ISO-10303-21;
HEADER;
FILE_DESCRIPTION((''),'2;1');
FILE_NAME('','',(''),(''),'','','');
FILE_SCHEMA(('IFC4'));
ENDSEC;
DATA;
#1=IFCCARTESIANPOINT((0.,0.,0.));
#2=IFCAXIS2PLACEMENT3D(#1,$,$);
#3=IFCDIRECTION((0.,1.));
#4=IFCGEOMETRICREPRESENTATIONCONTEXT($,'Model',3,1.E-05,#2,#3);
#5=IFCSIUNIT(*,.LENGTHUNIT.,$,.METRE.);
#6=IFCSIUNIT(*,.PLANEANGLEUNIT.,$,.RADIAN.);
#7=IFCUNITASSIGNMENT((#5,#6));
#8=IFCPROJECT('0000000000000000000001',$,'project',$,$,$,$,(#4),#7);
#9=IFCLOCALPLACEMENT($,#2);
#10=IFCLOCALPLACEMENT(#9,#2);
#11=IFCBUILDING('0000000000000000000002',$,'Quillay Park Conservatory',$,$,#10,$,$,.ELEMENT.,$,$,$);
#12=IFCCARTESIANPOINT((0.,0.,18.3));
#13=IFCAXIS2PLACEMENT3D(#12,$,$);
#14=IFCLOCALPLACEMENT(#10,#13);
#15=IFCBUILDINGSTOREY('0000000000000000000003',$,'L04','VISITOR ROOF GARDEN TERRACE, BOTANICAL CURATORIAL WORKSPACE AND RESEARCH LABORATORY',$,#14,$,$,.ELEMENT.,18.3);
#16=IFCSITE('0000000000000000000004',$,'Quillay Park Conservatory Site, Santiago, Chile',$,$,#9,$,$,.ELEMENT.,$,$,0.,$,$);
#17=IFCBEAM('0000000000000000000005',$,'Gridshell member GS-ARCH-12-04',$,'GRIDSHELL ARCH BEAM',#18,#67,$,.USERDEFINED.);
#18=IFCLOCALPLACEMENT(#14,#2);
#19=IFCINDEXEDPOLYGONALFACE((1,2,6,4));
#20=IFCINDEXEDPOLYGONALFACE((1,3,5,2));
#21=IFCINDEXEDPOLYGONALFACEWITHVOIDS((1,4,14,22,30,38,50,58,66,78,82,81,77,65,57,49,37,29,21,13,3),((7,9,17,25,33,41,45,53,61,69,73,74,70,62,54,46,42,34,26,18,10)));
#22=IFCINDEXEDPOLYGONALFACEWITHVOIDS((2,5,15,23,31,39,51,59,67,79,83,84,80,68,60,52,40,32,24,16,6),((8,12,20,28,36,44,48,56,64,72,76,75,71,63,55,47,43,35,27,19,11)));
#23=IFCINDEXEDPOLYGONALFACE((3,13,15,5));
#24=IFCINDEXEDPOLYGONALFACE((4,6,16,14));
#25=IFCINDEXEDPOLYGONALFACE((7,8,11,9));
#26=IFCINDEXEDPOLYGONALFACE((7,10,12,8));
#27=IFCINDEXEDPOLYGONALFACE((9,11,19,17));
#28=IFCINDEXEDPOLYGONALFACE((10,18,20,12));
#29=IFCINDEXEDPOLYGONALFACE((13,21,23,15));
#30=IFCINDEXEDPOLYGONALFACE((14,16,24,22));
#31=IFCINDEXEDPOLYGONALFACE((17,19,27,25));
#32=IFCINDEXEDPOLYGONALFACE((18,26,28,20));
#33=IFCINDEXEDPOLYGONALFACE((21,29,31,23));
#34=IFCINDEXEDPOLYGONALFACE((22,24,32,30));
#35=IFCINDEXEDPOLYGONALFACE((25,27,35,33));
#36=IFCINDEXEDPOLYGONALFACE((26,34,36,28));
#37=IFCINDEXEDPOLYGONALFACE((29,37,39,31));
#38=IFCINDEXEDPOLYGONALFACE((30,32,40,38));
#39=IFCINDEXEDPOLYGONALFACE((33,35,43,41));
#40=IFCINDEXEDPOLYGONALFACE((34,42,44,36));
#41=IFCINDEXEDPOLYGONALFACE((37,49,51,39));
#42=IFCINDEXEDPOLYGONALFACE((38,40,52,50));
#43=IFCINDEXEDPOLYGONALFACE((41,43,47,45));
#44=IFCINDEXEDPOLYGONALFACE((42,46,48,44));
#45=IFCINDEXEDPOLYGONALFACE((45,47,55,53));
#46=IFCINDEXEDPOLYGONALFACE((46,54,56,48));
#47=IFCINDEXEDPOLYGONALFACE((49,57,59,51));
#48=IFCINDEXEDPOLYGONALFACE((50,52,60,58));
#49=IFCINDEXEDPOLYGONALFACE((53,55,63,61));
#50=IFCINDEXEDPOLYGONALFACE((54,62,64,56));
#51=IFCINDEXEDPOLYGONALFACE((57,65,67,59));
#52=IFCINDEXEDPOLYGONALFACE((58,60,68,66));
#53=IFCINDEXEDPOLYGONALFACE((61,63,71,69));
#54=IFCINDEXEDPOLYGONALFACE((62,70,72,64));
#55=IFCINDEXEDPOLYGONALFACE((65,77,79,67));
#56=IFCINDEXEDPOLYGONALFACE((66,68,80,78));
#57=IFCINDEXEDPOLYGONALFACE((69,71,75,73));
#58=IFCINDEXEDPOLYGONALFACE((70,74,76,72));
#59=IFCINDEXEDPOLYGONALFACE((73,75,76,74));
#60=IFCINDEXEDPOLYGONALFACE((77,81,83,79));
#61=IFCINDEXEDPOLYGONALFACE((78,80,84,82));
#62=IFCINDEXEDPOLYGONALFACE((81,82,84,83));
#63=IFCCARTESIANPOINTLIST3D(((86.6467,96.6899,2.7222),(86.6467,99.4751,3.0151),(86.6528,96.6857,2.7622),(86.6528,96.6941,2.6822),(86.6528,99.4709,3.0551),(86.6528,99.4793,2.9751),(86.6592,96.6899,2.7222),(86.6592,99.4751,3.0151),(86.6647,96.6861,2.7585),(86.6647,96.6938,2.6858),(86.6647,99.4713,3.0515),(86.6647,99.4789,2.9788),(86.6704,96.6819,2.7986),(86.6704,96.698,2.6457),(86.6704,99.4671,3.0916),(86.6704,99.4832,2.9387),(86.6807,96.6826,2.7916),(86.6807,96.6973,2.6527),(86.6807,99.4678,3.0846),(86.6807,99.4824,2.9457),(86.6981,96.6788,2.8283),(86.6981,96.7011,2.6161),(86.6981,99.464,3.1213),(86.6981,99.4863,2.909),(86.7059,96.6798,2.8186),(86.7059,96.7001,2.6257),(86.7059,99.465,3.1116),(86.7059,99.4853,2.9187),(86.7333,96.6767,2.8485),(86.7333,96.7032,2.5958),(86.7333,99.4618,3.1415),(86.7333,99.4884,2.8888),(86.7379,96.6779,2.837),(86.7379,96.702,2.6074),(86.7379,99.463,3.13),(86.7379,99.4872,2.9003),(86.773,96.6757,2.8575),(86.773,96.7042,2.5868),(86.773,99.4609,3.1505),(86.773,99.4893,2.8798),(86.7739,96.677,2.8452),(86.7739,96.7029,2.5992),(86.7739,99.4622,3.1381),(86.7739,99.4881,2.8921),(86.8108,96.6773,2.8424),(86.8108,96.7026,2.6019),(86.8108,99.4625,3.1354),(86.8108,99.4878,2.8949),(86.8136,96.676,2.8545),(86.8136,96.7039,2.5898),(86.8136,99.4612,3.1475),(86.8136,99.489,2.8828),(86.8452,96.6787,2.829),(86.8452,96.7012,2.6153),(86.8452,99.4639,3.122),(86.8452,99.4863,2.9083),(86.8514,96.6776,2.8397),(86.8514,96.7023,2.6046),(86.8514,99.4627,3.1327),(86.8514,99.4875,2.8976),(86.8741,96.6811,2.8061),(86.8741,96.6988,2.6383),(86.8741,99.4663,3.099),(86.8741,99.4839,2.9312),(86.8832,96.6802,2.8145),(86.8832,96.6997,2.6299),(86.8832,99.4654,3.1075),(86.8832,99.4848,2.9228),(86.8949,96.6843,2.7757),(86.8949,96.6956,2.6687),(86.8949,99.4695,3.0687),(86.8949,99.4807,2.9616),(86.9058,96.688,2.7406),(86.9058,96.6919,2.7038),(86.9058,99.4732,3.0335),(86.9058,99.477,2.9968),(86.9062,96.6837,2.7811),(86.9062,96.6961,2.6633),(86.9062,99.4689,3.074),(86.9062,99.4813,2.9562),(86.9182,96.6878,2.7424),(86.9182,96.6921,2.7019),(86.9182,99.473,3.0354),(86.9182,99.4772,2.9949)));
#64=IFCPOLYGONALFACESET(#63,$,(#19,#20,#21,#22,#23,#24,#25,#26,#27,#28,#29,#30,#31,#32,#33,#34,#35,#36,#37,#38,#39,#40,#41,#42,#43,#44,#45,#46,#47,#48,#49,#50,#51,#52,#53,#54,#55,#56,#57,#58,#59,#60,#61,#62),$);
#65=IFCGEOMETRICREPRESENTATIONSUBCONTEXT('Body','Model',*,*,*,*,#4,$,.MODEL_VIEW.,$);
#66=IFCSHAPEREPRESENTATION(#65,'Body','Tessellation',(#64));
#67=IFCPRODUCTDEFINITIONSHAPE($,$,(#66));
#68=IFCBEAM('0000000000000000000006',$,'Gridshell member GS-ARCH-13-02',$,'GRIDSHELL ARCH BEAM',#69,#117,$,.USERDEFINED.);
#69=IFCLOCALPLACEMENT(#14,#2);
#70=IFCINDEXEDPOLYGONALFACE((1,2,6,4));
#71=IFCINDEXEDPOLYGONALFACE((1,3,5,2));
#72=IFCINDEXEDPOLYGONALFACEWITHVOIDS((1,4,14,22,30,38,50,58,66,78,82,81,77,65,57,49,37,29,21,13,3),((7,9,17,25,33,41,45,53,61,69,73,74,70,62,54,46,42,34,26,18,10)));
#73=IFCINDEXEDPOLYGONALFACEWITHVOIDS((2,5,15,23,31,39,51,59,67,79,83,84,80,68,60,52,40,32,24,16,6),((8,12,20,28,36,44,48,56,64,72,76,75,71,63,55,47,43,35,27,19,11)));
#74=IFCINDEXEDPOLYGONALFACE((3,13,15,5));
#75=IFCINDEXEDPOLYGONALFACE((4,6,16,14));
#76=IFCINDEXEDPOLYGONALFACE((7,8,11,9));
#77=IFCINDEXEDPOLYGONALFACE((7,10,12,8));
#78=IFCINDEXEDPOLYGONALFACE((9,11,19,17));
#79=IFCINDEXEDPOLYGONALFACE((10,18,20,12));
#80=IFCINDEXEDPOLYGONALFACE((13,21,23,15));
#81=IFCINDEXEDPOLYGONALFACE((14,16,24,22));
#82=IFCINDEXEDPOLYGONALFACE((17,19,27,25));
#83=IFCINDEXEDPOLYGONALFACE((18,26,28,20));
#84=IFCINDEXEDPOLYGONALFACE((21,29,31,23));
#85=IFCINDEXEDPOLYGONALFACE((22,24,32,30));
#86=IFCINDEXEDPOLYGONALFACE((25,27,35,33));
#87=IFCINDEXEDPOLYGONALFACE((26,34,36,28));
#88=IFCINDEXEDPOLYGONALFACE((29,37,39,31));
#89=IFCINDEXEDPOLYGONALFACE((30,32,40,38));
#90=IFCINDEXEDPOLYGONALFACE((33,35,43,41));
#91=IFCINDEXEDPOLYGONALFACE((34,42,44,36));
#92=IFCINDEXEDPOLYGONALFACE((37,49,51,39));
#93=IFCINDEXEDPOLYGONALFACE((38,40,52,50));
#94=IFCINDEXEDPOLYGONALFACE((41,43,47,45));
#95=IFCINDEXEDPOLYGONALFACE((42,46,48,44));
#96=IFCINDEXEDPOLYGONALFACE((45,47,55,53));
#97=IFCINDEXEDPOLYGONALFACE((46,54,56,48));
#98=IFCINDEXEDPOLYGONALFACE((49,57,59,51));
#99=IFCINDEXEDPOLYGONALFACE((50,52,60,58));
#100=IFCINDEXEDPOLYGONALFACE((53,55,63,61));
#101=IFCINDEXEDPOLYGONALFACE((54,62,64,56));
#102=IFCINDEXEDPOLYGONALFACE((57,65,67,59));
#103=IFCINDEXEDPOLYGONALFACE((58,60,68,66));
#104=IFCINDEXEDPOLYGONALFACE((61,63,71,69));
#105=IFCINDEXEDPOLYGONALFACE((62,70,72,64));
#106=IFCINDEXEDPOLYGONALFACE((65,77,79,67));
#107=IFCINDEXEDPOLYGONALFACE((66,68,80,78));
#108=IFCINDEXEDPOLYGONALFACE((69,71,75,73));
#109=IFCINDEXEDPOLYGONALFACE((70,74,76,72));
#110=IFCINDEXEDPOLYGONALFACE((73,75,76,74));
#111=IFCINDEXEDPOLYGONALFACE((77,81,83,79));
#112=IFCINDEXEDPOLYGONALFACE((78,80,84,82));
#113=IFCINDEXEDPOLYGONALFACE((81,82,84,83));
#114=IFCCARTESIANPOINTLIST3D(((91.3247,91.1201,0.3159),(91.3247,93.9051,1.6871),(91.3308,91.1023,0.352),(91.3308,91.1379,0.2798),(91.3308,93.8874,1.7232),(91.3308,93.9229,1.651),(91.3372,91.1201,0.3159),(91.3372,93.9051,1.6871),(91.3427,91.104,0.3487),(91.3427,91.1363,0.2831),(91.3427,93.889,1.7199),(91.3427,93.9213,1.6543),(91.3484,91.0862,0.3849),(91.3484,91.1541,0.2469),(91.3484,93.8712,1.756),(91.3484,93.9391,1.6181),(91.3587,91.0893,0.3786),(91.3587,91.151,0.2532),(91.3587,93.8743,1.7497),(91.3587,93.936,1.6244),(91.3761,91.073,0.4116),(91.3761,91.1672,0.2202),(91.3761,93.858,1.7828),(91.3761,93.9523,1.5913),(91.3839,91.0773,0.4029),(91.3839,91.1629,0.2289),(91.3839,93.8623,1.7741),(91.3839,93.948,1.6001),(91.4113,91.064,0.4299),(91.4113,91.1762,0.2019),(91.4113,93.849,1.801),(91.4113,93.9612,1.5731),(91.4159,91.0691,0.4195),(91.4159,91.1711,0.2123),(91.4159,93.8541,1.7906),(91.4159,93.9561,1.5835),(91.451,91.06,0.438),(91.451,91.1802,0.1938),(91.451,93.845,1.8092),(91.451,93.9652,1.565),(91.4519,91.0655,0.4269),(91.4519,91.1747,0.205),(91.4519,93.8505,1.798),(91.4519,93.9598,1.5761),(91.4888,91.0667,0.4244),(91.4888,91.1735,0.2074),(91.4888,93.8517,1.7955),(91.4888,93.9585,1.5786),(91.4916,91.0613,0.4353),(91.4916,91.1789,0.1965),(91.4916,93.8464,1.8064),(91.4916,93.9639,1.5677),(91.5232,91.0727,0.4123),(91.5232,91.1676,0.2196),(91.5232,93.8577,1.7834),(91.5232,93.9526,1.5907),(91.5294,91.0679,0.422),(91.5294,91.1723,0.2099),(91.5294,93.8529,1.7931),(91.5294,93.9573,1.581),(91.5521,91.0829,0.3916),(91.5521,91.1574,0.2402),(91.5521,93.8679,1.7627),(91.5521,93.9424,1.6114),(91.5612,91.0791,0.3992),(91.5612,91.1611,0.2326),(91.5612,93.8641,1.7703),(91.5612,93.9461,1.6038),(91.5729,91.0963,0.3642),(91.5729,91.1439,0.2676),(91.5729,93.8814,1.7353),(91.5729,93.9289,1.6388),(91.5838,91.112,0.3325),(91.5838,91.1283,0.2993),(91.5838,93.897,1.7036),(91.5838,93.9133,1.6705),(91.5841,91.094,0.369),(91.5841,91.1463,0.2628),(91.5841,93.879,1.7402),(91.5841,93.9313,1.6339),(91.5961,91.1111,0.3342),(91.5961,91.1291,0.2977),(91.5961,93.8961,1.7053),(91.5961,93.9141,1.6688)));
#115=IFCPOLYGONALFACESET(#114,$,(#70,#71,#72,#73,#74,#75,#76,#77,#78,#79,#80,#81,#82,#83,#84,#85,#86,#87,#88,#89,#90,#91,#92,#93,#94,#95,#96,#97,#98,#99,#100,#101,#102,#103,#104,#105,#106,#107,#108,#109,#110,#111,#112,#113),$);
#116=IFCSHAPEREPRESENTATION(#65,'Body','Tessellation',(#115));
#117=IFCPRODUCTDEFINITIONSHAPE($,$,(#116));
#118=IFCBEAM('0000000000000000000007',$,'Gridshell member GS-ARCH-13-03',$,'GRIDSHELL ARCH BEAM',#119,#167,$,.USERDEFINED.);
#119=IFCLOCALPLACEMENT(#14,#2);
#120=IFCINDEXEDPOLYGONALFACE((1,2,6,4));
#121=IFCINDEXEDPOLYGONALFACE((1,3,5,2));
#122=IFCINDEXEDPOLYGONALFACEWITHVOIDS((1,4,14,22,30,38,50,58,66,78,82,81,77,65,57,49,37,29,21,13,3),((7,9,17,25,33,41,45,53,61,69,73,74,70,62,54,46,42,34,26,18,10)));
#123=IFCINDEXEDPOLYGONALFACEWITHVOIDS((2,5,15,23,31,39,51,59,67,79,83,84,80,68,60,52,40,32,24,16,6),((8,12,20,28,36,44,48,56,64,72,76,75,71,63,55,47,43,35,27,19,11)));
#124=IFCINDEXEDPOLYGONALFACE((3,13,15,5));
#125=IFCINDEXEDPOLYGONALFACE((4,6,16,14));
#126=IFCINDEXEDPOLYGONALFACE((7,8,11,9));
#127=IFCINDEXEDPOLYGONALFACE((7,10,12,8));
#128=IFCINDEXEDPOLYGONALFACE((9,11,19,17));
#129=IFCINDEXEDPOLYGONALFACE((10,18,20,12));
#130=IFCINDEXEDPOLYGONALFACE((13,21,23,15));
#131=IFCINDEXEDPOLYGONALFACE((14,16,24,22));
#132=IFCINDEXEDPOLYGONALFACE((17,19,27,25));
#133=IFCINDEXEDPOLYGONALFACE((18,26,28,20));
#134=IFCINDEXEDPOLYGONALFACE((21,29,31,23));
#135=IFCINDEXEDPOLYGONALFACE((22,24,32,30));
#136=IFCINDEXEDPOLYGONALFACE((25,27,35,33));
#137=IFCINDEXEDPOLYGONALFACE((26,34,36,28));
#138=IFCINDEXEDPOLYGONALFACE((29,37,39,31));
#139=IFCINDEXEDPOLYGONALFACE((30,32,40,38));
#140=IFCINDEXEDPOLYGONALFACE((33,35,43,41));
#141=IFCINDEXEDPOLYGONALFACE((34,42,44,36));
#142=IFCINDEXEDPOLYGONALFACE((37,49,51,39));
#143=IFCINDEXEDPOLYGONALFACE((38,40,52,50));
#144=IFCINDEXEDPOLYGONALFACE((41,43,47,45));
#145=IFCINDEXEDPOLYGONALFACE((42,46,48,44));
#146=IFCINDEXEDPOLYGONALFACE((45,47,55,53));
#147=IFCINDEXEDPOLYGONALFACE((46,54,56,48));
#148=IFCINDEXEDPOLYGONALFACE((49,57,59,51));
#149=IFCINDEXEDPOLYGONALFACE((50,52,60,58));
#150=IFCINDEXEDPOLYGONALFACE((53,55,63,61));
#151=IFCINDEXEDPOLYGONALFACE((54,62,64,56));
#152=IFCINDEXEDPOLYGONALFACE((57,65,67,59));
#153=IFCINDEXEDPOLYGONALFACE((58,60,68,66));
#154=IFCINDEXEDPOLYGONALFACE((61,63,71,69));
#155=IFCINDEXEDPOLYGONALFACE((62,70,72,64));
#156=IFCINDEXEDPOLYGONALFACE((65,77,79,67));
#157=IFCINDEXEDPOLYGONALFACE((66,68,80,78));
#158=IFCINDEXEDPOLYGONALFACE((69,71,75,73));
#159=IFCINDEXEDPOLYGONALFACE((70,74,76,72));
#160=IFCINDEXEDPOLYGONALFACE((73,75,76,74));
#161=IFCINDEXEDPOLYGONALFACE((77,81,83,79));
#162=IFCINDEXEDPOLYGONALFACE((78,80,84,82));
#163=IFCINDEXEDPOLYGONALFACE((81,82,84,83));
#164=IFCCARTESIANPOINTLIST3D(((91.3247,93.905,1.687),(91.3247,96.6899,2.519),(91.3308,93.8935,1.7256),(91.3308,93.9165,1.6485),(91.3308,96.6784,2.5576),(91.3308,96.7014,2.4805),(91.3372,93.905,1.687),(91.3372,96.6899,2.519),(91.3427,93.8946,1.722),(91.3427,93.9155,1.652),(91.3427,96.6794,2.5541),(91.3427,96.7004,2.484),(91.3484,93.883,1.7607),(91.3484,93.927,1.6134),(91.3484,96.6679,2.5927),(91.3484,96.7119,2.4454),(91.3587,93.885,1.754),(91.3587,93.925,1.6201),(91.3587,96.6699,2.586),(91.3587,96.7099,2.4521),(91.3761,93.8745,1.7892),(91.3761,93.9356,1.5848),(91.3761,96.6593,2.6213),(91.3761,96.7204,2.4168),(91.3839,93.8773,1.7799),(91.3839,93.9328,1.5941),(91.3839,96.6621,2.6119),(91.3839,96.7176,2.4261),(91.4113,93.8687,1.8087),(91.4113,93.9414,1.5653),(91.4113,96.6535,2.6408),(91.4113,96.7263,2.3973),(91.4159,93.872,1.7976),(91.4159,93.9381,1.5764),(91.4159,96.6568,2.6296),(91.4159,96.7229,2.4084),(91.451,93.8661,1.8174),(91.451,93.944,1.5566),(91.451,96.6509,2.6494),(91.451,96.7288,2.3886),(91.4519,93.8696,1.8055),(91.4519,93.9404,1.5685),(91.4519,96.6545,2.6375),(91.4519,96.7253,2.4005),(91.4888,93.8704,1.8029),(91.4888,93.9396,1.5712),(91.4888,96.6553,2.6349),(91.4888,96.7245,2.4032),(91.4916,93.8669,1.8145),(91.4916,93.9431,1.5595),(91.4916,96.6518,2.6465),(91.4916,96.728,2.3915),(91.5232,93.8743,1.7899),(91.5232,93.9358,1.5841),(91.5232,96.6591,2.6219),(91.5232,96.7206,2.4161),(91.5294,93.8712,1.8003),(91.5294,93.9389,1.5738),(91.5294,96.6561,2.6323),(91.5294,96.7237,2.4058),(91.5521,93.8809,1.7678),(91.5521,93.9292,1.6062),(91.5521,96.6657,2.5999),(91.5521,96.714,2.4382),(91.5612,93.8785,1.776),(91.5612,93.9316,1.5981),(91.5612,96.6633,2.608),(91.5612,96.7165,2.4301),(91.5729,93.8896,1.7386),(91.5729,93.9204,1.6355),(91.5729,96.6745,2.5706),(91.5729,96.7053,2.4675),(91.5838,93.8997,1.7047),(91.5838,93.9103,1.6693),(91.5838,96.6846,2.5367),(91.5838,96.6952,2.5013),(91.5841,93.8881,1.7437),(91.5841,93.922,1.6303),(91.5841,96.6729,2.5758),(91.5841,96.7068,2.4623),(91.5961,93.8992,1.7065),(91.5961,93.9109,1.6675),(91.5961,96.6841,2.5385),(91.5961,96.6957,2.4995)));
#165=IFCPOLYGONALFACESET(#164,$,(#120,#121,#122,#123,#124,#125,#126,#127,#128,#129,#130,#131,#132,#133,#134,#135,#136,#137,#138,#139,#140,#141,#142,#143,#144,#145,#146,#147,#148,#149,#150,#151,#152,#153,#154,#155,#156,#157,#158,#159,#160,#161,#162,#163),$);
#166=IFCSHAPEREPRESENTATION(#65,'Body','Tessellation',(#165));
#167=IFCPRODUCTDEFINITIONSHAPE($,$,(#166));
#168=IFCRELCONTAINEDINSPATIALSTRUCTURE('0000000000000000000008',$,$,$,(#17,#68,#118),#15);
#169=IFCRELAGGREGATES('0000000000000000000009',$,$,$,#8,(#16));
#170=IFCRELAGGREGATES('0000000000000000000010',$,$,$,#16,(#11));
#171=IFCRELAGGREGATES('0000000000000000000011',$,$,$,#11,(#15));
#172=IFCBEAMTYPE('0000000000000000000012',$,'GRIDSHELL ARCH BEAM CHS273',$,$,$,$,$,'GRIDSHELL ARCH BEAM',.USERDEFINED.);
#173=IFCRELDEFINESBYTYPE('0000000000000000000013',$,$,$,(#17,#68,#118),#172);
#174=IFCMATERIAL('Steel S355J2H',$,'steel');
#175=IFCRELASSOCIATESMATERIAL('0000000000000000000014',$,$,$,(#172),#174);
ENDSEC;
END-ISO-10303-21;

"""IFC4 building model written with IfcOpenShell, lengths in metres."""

from ifc_helpers import new_model, si_unit, direction, frame, origin, origin_2d, place, context, subcontext, project, spatial, hollow_circle, extrude, material, material_profile, profile_set, type_object, element, save


model = new_model("IFC4")

# Units and contexts
model_context = context("Model", 3, precision=1e-05, world=origin(), true_north=direction((0.0, 1.0)))
body_context = subcontext(model_context, "Body", "Model", "MODEL_VIEW")
ifc_project = project(units=[si_unit("LENGTHUNIT", "METRE"), si_unit("PLANEANGLEUNIT", "RADIAN")], contexts=[model_context])

# Site, building, storey
site_placement = place(None, origin())
site = spatial("IfcSite", under=ifc_project, at=site_placement, Name="Quillay Park Conservatory Site, Santiago, Chile", CompositionType="ELEMENT", RefElevation=0.0)
building_placement = place(site_placement, origin())
building = spatial("IfcBuilding", under=site, at=building_placement, Name="Quillay Park Conservatory", CompositionType="ELEMENT")
storey_placement = place(building_placement, frame((0.0, 0.0, 18.3)))
storey = spatial("IfcBuildingStorey", under=building, at=storey_placement, Name="L04", Description="VISITOR ROOF GARDEN TERRACE, BOTANICAL CURATORIAL WORKSPACE AND RESEARCH LABORATORY", CompositionType="ELEMENT", Elevation=18.3)

# Beams
ifc_material_1 = material(Name="Steel S355J2H", Category="steel")
ifc_material_profile_1 = material_profile(ifc_material_1, hollow_circle(Radius=0.1365, WallThickness=0.0125, at=origin_2d()), Name="CHS273x12.5")
ifc_profile_set_1 = profile_set([ifc_material_profile_1], Name="Steel S355J2H")
beam_type = type_object("IfcBeamType", Name="GRIDSHELL ARCH BEAM CHS273", ElementType="GRIDSHELL ARCH BEAM", PredefinedType="USERDEFINED", material=ifc_profile_set_1)
beam_1_placement = place(storey_placement, frame((86.7832, 96.6899, 2.7222), z_axis=(0.0, 0.994513, 0.104612), x_axis=(-1.0, 0.0, 0.0)))
element("IfcBeam", 1, at=beam_1_placement, inside=storey, type_object=beam_type, Name="Gridshell member GS-ARCH-12-04", ObjectType="GRIDSHELL ARCH BEAM", PredefinedType="USERDEFINED", context=body_context, shape_type="SweptSolid", body=[
    extrude(hollow_circle(Radius=0.1365, WallThickness=0.0125, at=origin_2d()), origin(), (0.0, 0.0, 1.0), 2.8005),
])
beam_2_placement = place(storey_placement, frame((91.4612, 91.1201, 0.3159), z_axis=(0.0, 0.897163, 0.4417), x_axis=(-1.0, 0.0, 0.0)))
element("IfcBeam", 2, at=beam_2_placement, inside=storey, type_object=beam_type, Name="Gridshell member GS-ARCH-13-02", ObjectType="GRIDSHELL ARCH BEAM", PredefinedType="USERDEFINED", context=body_context, shape_type="SweptSolid", body=[
    extrude(hollow_circle(Radius=0.1365, WallThickness=0.0125, at=origin_2d()), origin(), (0.0, 0.0, 1.0), 3.1042),
])
beam_3_placement = place(storey_placement, frame((91.4612, 93.905, 1.687), z_axis=(0.0, 0.958152, 0.286261), x_axis=(-1.0, 0.0, 0.0)))
element("IfcBeam", 3, at=beam_3_placement, inside=storey, type_object=beam_type, Name="Gridshell member GS-ARCH-13-03", ObjectType="GRIDSHELL ARCH BEAM", PredefinedType="USERDEFINED", context=body_context, shape_type="SweptSolid", body=[
    extrude(hollow_circle(Radius=0.1365, WallThickness=0.0125, at=origin_2d()), origin(), (0.0, 0.0, 1.0), 2.9065),
])

save(model, "model.ifc")
